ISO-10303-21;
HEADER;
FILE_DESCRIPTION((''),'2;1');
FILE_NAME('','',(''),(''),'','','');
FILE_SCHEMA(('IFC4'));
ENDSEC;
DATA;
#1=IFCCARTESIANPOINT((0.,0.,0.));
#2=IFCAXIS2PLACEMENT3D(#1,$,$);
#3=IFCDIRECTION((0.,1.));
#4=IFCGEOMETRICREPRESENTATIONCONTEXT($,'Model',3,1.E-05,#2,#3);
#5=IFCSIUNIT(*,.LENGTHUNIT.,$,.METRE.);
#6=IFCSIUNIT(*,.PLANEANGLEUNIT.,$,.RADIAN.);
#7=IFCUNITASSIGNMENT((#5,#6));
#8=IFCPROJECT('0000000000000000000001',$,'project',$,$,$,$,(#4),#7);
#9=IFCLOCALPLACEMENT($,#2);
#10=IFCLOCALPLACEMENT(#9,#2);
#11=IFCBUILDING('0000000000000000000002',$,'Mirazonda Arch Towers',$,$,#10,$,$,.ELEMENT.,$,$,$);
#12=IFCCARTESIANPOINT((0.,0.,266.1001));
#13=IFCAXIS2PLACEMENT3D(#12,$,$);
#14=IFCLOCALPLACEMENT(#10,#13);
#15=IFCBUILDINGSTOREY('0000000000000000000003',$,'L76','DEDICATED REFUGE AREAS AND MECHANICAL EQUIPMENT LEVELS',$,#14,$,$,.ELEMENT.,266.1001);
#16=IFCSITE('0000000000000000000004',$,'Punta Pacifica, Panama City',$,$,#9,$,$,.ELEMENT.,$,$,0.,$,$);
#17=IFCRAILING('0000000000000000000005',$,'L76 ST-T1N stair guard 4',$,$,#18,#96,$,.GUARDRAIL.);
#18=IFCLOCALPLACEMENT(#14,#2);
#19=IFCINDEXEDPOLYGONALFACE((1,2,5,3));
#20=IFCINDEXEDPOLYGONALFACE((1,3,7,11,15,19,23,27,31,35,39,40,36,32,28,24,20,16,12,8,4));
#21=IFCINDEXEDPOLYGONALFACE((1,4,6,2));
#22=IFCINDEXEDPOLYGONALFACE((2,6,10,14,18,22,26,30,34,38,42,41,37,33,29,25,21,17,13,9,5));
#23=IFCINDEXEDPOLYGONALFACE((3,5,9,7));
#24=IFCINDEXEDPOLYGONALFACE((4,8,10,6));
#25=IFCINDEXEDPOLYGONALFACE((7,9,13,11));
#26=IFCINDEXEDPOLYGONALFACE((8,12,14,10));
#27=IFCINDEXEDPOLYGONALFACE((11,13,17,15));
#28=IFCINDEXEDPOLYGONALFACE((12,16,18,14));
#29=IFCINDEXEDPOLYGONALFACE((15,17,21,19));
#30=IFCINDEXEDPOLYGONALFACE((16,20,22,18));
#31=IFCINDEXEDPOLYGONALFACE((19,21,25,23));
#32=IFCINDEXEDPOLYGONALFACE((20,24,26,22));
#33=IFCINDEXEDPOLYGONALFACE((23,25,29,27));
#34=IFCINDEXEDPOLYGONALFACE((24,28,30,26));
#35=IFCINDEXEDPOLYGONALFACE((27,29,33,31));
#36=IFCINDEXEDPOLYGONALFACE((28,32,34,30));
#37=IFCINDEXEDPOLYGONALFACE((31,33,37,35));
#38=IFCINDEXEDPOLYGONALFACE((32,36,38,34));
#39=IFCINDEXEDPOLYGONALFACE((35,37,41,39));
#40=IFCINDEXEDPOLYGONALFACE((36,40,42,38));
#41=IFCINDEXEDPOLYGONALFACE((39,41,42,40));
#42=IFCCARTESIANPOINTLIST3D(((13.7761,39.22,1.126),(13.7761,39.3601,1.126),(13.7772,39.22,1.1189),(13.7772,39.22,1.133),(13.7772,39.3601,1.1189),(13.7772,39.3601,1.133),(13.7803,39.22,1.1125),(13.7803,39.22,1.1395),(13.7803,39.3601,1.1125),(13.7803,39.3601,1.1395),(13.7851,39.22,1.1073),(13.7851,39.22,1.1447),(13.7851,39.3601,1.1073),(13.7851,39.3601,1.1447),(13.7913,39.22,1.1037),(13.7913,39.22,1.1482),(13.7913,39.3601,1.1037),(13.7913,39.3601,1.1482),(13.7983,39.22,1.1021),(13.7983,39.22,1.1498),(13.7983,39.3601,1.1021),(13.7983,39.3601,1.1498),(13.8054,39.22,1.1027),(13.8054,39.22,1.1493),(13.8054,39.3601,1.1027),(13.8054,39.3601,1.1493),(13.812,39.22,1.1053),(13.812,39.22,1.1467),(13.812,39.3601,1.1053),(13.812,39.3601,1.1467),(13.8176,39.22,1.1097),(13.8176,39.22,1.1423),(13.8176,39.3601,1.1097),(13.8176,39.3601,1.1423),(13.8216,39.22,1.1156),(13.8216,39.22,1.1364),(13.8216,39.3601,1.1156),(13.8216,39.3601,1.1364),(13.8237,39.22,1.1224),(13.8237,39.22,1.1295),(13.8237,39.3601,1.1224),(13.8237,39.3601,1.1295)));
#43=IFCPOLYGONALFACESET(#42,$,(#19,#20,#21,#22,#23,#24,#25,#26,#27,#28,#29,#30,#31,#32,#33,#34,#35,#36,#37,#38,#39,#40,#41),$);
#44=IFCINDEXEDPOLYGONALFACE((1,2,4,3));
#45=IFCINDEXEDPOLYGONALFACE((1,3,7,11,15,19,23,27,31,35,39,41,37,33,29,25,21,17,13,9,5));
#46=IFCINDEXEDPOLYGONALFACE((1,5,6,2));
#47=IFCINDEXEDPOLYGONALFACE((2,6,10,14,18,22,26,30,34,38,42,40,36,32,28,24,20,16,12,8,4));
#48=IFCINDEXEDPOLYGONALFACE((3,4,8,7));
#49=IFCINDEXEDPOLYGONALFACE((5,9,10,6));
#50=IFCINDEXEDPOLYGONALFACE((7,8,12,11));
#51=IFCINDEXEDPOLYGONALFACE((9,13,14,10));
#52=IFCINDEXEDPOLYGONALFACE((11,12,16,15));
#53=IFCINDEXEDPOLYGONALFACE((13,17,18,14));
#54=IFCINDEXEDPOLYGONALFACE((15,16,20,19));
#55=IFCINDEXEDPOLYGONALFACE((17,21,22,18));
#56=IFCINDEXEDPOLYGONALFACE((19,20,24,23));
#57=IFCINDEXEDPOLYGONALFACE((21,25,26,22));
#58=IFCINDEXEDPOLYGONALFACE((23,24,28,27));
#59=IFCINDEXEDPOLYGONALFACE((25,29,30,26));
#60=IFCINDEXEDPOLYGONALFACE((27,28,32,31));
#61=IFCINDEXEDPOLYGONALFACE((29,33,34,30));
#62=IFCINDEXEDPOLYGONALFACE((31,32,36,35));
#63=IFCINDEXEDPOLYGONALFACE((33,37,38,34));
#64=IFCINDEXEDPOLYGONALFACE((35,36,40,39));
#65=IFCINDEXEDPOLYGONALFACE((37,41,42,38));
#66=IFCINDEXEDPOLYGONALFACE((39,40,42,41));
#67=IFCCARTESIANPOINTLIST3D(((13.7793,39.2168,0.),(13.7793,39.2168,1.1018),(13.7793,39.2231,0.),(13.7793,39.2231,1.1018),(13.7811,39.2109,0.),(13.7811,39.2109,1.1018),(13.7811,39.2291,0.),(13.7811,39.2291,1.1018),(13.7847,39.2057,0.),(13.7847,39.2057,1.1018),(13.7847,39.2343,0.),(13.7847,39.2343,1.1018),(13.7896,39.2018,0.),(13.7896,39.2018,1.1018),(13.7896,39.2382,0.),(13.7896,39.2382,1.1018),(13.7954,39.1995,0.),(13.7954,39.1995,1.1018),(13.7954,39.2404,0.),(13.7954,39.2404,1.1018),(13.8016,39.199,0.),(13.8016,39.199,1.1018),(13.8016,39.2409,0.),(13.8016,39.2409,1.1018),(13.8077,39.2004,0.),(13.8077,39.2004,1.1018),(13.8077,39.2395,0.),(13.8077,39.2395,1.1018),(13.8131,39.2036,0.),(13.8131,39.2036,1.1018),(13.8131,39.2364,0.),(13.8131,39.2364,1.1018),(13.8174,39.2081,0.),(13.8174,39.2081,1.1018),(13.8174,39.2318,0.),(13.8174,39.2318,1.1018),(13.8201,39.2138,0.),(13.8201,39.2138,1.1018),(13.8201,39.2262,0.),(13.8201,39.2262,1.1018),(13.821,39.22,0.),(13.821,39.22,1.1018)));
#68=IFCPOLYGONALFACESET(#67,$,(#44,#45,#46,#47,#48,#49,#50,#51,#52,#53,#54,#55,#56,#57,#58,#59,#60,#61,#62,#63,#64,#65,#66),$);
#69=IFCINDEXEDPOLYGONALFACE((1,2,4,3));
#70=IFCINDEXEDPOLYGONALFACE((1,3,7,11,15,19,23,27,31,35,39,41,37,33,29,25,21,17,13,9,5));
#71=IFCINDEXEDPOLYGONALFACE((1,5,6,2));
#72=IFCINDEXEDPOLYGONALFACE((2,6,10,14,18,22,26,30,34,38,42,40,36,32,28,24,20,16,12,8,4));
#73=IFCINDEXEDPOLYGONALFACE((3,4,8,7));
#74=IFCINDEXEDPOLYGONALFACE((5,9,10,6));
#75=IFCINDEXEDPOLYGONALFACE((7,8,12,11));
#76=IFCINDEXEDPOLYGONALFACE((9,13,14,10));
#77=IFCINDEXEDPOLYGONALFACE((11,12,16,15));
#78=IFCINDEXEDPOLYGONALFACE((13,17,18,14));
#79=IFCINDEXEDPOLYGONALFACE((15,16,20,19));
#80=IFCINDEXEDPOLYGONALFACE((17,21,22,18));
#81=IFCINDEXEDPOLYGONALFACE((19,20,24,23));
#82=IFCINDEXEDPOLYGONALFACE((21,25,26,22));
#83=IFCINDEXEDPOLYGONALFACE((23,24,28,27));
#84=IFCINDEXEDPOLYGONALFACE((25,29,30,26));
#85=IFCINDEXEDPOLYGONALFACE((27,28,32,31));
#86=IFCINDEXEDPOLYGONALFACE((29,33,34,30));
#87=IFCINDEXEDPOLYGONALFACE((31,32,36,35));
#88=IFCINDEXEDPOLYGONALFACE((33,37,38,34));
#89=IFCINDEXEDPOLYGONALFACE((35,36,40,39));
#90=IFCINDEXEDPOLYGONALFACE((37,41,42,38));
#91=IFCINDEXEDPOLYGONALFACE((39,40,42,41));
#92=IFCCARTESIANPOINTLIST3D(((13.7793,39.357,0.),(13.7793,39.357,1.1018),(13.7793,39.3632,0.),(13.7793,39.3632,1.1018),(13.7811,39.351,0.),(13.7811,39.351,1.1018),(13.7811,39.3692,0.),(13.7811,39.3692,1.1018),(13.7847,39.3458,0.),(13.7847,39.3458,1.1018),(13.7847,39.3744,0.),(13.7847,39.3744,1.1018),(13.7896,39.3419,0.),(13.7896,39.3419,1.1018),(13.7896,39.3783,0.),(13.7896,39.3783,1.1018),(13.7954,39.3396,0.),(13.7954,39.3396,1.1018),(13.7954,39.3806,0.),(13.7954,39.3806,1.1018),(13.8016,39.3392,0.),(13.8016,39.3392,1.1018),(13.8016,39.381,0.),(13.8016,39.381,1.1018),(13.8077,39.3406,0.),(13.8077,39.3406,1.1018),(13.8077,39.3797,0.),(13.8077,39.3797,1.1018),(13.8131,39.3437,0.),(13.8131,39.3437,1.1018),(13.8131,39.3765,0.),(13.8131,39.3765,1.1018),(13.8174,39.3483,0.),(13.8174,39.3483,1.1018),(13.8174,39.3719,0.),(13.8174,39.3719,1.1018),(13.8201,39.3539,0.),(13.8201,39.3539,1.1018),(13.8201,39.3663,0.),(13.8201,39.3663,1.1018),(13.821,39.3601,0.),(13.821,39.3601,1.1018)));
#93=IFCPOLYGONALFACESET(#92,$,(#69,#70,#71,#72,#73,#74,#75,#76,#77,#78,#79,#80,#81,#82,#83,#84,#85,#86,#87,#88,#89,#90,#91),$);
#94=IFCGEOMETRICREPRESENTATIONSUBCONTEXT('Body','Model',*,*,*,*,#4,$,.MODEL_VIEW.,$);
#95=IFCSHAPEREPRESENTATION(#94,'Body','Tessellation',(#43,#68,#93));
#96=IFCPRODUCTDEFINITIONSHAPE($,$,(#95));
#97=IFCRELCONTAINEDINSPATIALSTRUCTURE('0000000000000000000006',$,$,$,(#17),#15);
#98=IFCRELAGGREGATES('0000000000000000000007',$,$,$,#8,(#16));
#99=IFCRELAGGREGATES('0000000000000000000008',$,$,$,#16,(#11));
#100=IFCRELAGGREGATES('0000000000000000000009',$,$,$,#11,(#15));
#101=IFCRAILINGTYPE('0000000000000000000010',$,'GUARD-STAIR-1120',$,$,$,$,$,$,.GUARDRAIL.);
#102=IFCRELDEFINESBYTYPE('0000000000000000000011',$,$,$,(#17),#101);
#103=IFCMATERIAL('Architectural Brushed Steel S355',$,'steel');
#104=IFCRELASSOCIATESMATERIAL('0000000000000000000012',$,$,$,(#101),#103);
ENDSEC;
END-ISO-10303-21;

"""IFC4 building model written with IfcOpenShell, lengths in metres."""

from ifc_helpers import new_model, si_unit, direction, frame, origin, origin_2d, place, context, subcontext, project, spatial, circle, extrude, material, type_object, element, save


model = new_model("IFC4")

# Units and contexts
model_context = context("Model", 3, precision=1e-05, world=origin(), true_north=direction((0.0, 1.0)))
body_context = subcontext(model_context, "Body", "Model", "MODEL_VIEW")
ifc_project = project(units=[si_unit("LENGTHUNIT", "METRE"), si_unit("PLANEANGLEUNIT", "RADIAN")], contexts=[model_context])

# Site, building, storey
site_placement = place(None, origin())
site = spatial("IfcSite", under=ifc_project, at=site_placement, Name="Punta Pacifica, Panama City", CompositionType="ELEMENT", RefElevation=0.0)
building_placement = place(site_placement, origin())
building = spatial("IfcBuilding", under=site, at=building_placement, Name="Mirazonda Arch Towers", CompositionType="ELEMENT")
storey_placement = place(building_placement, frame((0.0, 0.0, 266.1001)))
storey = spatial("IfcBuildingStorey", under=building, at=storey_placement, Name="L76", Description="DEDICATED REFUGE AREAS AND MECHANICAL EQUIPMENT LEVELS", CompositionType="ELEMENT", Elevation=266.1001)

# Railing
ifc_material_1 = material(Name="Architectural Brushed Steel S355", Category="steel")
railing_type_1 = type_object("IfcRailingType", Name="GUARD-STAIR-1120", PredefinedType="GUARDRAIL", material=ifc_material_1)
railing_1_placement = place(storey_placement, frame((13.8, 39.22, 0.0)))
element("IfcRailing", 1, at=railing_1_placement, inside=storey, type_object=railing_type_1, Name="L76 ST-T1N stair guard 4", PredefinedType="GUARDRAIL", context=body_context, shape_type="SweptSolid", body=[
    extrude(circle(Radius=0.0239, at=origin_2d()), frame((0.0, 0.0, 1.126), z_axis=(0.0, 1.0, 0.0), x_axis=(-1.0, 0.0, 0.0)), (0.0, 0.0, 1.0), 0.1401),
    extrude(circle(Radius=0.021, at=origin_2d()), origin(), (0.0, 0.0, 1.0), 1.1018),
    extrude(circle(Radius=0.021, at=origin_2d()), frame((0.0, 0.1401, 0.0)), (0.0, 0.0, 1.0), 1.1018),
])

save(model, "model.ifc")
